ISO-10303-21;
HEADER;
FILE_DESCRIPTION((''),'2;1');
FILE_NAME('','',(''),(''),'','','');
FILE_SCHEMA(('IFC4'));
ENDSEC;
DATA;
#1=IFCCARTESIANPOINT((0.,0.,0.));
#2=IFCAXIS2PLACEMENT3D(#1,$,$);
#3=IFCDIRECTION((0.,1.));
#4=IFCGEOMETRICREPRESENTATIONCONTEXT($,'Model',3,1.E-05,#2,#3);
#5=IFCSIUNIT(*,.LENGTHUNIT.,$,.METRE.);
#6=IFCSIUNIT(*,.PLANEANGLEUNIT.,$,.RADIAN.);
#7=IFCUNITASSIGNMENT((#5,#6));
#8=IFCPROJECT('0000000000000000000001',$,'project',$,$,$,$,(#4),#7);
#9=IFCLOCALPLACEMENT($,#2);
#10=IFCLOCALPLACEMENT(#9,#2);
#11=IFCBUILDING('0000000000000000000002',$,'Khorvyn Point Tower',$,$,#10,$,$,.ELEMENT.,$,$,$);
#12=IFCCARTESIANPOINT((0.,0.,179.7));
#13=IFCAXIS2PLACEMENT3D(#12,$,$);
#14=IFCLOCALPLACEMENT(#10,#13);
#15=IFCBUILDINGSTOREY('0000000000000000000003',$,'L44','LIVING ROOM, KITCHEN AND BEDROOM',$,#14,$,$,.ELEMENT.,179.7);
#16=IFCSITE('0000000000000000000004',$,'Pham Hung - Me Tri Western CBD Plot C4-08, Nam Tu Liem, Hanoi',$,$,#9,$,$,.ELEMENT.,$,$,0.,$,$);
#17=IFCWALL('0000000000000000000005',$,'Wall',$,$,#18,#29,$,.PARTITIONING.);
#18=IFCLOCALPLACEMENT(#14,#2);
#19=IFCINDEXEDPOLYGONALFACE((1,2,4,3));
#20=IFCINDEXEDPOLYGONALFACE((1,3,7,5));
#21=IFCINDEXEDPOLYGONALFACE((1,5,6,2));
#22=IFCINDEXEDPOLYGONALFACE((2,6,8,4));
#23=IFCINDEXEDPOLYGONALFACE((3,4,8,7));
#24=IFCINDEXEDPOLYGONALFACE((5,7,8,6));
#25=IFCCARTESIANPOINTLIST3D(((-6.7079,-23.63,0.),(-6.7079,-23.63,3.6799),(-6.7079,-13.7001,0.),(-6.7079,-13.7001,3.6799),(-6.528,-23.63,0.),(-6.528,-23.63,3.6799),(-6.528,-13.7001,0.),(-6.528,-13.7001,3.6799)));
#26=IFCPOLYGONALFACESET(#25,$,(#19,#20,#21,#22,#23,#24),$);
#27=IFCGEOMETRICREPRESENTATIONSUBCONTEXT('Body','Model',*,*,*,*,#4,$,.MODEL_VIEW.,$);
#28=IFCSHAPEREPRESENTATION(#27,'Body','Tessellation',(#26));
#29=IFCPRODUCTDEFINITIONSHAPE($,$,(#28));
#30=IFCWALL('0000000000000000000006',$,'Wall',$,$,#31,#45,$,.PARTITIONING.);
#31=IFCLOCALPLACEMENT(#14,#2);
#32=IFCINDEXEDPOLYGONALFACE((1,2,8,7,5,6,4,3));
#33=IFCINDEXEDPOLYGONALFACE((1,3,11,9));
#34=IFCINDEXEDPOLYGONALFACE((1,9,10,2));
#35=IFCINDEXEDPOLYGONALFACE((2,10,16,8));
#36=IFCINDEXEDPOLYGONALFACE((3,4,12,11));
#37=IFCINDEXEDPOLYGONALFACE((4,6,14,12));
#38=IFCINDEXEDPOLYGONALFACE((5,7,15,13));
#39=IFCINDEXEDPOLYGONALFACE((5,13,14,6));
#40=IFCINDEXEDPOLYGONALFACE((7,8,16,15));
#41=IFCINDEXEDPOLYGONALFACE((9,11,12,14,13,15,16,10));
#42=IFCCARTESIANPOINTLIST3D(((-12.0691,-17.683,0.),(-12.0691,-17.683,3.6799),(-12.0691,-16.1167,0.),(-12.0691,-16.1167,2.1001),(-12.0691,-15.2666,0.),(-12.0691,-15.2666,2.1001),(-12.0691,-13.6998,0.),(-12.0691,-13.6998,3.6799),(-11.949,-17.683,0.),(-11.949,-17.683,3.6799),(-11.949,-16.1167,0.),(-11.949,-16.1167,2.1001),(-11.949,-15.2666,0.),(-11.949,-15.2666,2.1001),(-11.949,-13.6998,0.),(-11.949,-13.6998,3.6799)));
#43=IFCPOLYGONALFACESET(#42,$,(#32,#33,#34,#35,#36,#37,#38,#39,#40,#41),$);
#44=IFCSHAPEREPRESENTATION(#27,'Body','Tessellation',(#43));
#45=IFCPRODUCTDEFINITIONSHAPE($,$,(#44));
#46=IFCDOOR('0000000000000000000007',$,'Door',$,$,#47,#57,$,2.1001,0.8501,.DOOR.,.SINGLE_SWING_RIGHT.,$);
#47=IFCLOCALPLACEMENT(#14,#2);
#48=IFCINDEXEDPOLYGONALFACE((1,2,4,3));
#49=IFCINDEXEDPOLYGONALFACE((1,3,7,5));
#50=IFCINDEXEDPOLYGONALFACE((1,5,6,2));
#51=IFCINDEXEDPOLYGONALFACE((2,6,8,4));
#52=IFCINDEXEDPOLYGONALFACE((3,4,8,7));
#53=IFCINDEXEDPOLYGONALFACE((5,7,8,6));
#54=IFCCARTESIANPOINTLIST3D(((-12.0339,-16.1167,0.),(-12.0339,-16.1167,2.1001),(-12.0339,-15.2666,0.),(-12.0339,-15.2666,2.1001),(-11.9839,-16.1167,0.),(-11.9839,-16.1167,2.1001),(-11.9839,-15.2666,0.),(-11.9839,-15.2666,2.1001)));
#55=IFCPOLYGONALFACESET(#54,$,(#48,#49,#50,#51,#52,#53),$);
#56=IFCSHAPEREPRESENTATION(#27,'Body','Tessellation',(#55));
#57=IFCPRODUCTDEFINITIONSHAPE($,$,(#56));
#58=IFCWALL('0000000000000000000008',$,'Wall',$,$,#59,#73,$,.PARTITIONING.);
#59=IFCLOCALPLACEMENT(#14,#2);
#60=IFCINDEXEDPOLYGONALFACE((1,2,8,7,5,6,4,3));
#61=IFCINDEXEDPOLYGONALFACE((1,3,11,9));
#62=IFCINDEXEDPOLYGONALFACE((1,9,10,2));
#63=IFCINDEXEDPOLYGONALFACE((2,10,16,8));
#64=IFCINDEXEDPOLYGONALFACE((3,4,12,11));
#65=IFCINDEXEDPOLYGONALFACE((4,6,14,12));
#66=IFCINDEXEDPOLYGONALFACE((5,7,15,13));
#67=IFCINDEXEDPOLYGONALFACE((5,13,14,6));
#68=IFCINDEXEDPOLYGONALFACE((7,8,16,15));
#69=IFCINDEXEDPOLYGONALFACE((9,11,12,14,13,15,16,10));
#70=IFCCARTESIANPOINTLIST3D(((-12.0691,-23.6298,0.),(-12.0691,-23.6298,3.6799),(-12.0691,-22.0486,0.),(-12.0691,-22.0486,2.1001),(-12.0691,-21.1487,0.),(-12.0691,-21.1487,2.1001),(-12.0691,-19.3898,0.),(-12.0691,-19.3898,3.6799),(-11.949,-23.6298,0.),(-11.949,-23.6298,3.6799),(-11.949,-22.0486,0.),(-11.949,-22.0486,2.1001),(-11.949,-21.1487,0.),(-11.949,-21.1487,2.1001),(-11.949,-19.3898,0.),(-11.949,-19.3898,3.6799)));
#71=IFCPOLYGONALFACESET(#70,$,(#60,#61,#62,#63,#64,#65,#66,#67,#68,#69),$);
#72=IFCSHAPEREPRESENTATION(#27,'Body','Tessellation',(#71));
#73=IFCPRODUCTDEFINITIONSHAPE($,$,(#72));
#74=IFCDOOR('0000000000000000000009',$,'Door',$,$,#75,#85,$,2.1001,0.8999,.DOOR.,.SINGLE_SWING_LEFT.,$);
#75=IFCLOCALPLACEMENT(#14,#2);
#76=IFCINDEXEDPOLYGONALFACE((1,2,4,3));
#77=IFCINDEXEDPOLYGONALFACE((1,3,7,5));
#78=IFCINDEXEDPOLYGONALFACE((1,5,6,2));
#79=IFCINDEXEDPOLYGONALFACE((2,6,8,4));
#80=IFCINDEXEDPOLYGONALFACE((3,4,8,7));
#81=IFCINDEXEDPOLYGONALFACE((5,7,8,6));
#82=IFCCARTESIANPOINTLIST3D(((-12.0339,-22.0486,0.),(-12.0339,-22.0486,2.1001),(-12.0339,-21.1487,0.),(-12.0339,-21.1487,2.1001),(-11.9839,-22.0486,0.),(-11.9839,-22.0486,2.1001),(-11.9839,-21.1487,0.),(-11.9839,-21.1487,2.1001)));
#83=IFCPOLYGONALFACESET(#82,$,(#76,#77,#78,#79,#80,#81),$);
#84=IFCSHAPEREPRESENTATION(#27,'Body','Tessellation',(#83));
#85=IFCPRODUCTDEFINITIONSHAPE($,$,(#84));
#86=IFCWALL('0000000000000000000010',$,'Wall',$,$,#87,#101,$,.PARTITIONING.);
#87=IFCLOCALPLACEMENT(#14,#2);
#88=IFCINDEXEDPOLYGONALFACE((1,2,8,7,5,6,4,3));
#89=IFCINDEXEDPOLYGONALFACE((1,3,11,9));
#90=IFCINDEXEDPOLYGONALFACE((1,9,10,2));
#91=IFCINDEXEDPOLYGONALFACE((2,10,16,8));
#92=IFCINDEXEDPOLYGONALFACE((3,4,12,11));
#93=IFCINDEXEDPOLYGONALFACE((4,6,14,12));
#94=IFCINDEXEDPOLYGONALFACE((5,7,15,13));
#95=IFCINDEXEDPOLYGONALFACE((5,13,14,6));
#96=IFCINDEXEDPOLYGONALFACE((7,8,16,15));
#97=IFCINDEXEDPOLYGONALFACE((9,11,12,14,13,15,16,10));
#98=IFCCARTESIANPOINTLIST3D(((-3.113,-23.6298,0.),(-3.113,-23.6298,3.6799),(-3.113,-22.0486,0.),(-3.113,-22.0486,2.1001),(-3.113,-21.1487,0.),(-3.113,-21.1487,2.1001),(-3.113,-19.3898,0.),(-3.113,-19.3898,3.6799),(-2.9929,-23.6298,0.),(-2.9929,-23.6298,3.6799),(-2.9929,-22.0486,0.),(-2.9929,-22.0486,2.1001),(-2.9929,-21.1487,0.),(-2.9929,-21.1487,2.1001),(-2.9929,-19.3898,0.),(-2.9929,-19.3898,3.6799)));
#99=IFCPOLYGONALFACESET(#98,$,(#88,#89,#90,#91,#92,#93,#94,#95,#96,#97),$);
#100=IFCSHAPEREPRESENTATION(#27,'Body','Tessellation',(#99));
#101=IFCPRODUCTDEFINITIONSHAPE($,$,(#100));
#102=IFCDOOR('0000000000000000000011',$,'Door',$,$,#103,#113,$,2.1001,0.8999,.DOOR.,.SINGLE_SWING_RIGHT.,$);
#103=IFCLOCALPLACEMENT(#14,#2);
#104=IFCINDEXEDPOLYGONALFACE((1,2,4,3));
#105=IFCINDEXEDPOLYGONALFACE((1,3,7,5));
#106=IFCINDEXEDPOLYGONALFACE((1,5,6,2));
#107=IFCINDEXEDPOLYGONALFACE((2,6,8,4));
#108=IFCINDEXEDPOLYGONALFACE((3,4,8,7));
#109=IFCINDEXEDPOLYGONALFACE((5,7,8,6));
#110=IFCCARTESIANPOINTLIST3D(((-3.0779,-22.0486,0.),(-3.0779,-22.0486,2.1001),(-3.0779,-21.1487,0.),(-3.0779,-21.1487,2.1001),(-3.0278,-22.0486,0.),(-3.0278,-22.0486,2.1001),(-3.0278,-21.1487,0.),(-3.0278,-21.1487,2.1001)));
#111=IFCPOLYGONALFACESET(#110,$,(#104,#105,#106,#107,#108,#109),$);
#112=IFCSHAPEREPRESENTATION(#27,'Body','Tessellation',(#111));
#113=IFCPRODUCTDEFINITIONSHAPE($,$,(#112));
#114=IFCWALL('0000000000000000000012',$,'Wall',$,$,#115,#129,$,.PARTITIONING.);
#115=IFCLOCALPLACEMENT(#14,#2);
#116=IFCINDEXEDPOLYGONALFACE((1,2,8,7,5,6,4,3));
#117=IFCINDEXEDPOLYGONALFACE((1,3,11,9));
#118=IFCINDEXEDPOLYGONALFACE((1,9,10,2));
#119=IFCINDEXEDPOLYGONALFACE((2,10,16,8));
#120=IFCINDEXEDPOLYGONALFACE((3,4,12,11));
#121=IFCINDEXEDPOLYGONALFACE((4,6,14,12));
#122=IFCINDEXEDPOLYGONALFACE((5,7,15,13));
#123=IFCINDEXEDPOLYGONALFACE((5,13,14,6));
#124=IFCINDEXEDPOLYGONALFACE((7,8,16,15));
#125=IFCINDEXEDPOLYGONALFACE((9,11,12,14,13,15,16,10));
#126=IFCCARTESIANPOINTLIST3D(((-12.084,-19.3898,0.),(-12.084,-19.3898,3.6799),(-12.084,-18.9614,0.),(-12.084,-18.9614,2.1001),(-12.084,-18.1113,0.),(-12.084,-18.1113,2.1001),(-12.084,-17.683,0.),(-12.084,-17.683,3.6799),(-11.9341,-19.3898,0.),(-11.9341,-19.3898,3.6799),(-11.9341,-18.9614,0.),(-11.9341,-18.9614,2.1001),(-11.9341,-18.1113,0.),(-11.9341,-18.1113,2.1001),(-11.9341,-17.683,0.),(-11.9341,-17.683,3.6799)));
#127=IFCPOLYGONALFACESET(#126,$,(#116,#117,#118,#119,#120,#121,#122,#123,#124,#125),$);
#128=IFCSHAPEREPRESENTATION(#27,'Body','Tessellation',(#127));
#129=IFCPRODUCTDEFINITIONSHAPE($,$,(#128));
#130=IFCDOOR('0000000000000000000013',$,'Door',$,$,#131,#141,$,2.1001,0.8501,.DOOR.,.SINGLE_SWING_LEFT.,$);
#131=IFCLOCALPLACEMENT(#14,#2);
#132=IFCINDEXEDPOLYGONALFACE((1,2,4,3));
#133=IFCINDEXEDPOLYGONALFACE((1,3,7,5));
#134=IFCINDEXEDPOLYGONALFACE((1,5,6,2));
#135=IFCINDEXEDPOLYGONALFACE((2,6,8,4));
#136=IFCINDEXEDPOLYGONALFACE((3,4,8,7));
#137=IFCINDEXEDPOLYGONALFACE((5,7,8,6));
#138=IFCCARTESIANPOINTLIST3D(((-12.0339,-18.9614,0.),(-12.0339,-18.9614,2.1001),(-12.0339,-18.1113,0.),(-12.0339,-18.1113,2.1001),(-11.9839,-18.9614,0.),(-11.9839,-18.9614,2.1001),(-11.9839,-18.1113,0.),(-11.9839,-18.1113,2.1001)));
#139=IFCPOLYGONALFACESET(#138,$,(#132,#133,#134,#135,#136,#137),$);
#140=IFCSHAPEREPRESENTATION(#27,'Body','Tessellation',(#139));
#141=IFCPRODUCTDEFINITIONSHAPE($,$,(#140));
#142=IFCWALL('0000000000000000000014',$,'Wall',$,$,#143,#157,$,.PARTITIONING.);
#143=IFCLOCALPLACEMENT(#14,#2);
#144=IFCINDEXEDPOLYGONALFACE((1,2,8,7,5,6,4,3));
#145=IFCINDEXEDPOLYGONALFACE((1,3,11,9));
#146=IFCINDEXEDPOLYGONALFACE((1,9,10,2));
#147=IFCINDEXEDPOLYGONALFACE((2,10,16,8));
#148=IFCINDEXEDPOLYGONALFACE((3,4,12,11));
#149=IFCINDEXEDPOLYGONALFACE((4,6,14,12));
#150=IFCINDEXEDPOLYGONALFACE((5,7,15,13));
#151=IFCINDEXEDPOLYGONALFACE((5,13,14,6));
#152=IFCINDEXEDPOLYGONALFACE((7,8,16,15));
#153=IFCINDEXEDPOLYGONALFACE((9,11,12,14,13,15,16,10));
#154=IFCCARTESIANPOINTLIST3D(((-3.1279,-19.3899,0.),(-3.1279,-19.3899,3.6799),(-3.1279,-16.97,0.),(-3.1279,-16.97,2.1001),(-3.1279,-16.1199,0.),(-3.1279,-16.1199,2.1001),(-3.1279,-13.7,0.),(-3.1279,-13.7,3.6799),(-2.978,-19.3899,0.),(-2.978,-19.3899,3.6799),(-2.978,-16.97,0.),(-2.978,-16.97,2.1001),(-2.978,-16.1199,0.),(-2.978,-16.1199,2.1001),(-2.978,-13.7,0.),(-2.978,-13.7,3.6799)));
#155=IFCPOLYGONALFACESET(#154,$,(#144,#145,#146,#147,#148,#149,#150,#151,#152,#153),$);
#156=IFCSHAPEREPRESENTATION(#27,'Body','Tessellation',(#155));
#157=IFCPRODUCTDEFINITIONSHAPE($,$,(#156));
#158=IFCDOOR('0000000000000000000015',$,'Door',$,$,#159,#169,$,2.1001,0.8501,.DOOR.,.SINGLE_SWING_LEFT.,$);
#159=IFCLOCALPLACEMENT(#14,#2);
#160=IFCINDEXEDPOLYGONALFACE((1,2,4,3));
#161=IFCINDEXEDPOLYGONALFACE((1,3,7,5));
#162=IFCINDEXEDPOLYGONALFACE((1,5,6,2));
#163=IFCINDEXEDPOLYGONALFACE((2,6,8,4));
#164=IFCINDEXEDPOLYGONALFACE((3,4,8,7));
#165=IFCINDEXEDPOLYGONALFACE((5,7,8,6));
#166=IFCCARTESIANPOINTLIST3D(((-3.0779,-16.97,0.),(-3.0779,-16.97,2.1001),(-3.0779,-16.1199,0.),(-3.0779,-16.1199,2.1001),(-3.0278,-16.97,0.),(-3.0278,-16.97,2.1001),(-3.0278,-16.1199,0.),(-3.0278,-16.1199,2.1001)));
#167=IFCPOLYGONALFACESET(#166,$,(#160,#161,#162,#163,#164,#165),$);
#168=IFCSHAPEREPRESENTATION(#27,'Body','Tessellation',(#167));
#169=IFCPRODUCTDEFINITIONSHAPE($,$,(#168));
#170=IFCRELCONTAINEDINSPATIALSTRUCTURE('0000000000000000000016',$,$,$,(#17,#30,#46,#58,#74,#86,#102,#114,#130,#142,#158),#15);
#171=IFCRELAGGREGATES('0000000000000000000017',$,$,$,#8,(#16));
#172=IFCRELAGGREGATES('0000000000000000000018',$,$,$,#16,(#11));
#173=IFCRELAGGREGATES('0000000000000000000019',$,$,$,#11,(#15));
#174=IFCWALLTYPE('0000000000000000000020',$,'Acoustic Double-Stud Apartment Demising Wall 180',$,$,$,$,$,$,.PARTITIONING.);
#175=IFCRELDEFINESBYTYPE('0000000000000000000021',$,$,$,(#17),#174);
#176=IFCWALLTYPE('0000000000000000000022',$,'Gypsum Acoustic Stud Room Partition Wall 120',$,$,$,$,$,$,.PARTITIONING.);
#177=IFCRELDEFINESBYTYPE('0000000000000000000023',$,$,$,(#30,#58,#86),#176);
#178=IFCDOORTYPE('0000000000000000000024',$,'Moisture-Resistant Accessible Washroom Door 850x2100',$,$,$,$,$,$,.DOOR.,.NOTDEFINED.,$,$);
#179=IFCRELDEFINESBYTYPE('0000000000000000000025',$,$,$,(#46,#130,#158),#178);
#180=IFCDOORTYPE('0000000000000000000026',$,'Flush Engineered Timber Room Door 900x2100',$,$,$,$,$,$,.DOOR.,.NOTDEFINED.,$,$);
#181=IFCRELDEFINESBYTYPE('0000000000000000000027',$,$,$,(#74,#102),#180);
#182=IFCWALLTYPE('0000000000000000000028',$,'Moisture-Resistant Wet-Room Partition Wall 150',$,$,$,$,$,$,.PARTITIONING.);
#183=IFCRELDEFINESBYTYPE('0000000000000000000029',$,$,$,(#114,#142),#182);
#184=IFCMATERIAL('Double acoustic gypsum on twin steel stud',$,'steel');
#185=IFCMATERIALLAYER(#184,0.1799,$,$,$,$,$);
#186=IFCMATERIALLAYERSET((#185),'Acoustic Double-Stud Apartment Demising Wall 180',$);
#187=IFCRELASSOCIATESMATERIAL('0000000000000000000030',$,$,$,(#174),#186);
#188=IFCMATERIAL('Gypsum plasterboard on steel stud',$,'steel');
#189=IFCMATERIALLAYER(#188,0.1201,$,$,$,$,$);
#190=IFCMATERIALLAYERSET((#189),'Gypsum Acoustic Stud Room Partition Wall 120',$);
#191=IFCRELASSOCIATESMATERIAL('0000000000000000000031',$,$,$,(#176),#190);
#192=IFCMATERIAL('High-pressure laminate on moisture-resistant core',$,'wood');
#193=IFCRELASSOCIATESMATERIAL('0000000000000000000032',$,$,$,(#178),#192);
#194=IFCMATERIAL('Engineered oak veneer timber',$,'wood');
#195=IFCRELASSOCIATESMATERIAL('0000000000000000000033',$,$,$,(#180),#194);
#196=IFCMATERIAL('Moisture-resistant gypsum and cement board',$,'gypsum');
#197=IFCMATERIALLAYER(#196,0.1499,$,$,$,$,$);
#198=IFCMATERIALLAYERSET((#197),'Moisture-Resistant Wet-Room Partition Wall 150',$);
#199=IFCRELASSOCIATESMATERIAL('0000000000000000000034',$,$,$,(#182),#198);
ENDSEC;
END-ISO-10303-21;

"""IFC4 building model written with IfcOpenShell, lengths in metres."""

from ifc_helpers import new_model, si_unit, direction, frame, frame_2d, origin, place, context, subcontext, project, spatial, rectangle, extrude, material, layer, layer_set, type_object, element, fill, save


model = new_model("IFC4")

# Units and contexts
model_context = context("Model", 3, precision=1e-05, world=origin(), true_north=direction((0.0, 1.0)))
body_context = subcontext(model_context, "Body", "Model", "MODEL_VIEW")
ifc_project = project(units=[si_unit("LENGTHUNIT", "METRE"), si_unit("PLANEANGLEUNIT", "RADIAN")], contexts=[model_context])

# Site, building, storey
site_placement = place(None, origin())
site = spatial("IfcSite", under=ifc_project, at=site_placement, Name="Pham Hung - Me Tri Western CBD Plot C4-08, Nam Tu Liem, Hanoi", CompositionType="ELEMENT", RefElevation=0.0)
building_placement = place(site_placement, origin())
building = spatial("IfcBuilding", under=site, at=building_placement, Name="Khorvyn Point Tower", CompositionType="ELEMENT")
storey_placement = place(building_placement, frame((0.0, 0.0, 179.7)))
storey = spatial("IfcBuildingStorey", under=building, at=storey_placement, Name="L44", Description="LIVING ROOM, KITCHEN AND BEDROOM", CompositionType="ELEMENT", Elevation=179.7)

# Shared definitions
ifc_material_1 = material(Name="Double acoustic gypsum on twin steel stud", Category="steel")
ifc_layer_1 = layer(ifc_material_1, 0.1799)
ifc_layer_set_1 = layer_set([ifc_layer_1], Name="Acoustic Double-Stud Apartment Demising Wall 180")
wall_type_1 = type_object("IfcWallType", Name="Acoustic Double-Stud Apartment Demising Wall 180", PredefinedType="PARTITIONING", material=ifc_layer_set_1)

# Wall
wall_1_placement = place(storey_placement, frame((-6.6179, -23.6299, 0.0), z_axis=(0.0, 0.0, 1.0), x_axis=(0.0, 1.0, 0.0)))
element("IfcWall", 1, at=wall_1_placement, inside=storey, type_object=wall_type_1, Name="Wall", PredefinedType="PARTITIONING", context=body_context, shape_type="SweptSolid", body=[
    extrude(rectangle(XDim=9.9299, YDim=0.1799, at=frame_2d((4.9648, 0.0))), origin(), (0.0, 0.0, 1.0), 3.6799),
])

# Walls, openings, doors
ifc_material_2 = material(Name="Gypsum plasterboard on steel stud", Category="steel")
ifc_layer_2 = layer(ifc_material_2, 0.1201)
ifc_layer_set_2 = layer_set([ifc_layer_2], Name="Gypsum Acoustic Stud Room Partition Wall 120")
wall_type_2 = type_object("IfcWallType", Name="Gypsum Acoustic Stud Room Partition Wall 120", PredefinedType="PARTITIONING", material=ifc_layer_set_2)
wall_2_placement = place(storey_placement, frame((-12.009, -17.6831, 0.0), z_axis=(0.0, 0.0, 1.0), x_axis=(0.0, 1.0, 0.0)))
wall_2 = element("IfcWall", 2, at=wall_2_placement, inside=storey, type_object=wall_type_2, Name="Wall", PredefinedType="PARTITIONING", context=body_context, shape_type="SweptSolid", body=[
    extrude(rectangle(XDim=3.9832, YDim=0.1201, at=frame_2d((1.9917, 0.0))), origin(), (0.0, 0.0, 1.0), 3.6799),
])
opening_1_placement = place(wall_2_placement, frame((1.5664, 0.0, 0.0)))
opening_1 = element("IfcOpeningElement", 3, at=opening_1_placement, cuts=wall_2, PredefinedType="OPENING", context=body_context, shape_type="SweptSolid", body=[
    extrude(rectangle(XDim=0.8501, YDim=2.1001, at=frame_2d((0.425, 1.05))), frame((0.0, 0.0701, 0.0), z_axis=(0.0, -1.0, 0.0), x_axis=(1.0, 0.0, 0.0)), (0.0, 0.0, 1.0), 0.1401),
])
ifc_material_3 = material(Name="High-pressure laminate on moisture-resistant core", Category="wood")
door_type_1 = type_object("IfcDoorType", Name="Moisture-Resistant Accessible Washroom Door 850x2100", OperationType="NOTDEFINED", PredefinedType="DOOR", material=ifc_material_3)
door_1_placement = place(opening_1_placement, origin())
door_1 = element("IfcDoor", 4, at=door_1_placement, inside=storey, type_object=door_type_1, Name="Door", OperationType="SINGLE_SWING_RIGHT", OverallHeight=2.1001, OverallWidth=0.8501, PredefinedType="DOOR", context=body_context, shape_type="SweptSolid", body=[
    extrude(rectangle(XDim=0.8501, YDim=2.1001, at=frame_2d((0.425, 1.05))), frame((0.0, 0.0249, 0.0), z_axis=(0.0, -1.0, 0.0), x_axis=(1.0, 0.0, 0.0)), (0.0, 0.0, 1.0), 0.05),
])
fill(opening_1, door_1)
wall_3_placement = place(storey_placement, frame((-12.009, -23.6299, 0.0), z_axis=(0.0, 0.0, 1.0), x_axis=(0.0, 1.0, 0.0)))
wall_3 = element("IfcWall", 5, at=wall_3_placement, inside=storey, type_object=wall_type_2, Name="Wall", PredefinedType="PARTITIONING", context=body_context, shape_type="SweptSolid", body=[
    extrude(rectangle(XDim=4.24, YDim=0.1201, at=frame_2d((2.1201, 0.0))), origin(), (0.0, 0.0, 1.0), 3.6799),
])
opening_2_placement = place(wall_3_placement, frame((1.5813, 0.0, 0.0)))
opening_2 = element("IfcOpeningElement", 6, at=opening_2_placement, cuts=wall_3, PredefinedType="OPENING", context=body_context, shape_type="SweptSolid", body=[
    extrude(rectangle(XDim=0.8999, YDim=2.1001, at=frame_2d((0.45, 1.05))), frame((0.0, 0.0701, 0.0), z_axis=(0.0, -1.0, 0.0), x_axis=(1.0, 0.0, 0.0)), (0.0, 0.0, 1.0), 0.1401),
])
ifc_material_4 = material(Name="Engineered oak veneer timber", Category="wood")
door_type_2 = type_object("IfcDoorType", Name="Flush Engineered Timber Room Door 900x2100", OperationType="NOTDEFINED", PredefinedType="DOOR", material=ifc_material_4)
door_2_placement = place(opening_2_placement, origin())
door_2 = element("IfcDoor", 7, at=door_2_placement, inside=storey, type_object=door_type_2, Name="Door", OperationType="SINGLE_SWING_LEFT", OverallHeight=2.1001, OverallWidth=0.8999, PredefinedType="DOOR", context=body_context, shape_type="SweptSolid", body=[
    extrude(rectangle(XDim=0.8999, YDim=2.1001, at=frame_2d((0.45, 1.05))), frame((0.0, 0.0249, 0.0), z_axis=(0.0, -1.0, 0.0), x_axis=(1.0, 0.0, 0.0)), (0.0, 0.0, 1.0), 0.05),
])
fill(opening_2, door_2)
wall_4_placement = place(storey_placement, frame((-3.053, -23.6299, 0.0), z_axis=(0.0, 0.0, 1.0), x_axis=(0.0, 1.0, 0.0)))
wall_4 = element("IfcWall", 8, at=wall_4_placement, inside=storey, type_object=wall_type_2, Name="Wall", PredefinedType="PARTITIONING", context=body_context, shape_type="SweptSolid", body=[
    extrude(rectangle(XDim=4.24, YDim=0.1201, at=frame_2d((2.1201, 0.0))), origin(), (0.0, 0.0, 1.0), 3.6799),
])
opening_3_placement = place(wall_4_placement, frame((1.5813, 0.0, 0.0)))
opening_3 = element("IfcOpeningElement", 9, at=opening_3_placement, cuts=wall_4, PredefinedType="OPENING", context=body_context, shape_type="SweptSolid", body=[
    extrude(rectangle(XDim=0.8999, YDim=2.1001, at=frame_2d((0.45, 1.05))), frame((0.0, 0.0701, 0.0), z_axis=(0.0, -1.0, 0.0), x_axis=(1.0, 0.0, 0.0)), (0.0, 0.0, 1.0), 0.1401),
])
door_3_placement = place(opening_3_placement, origin())
door_3 = element("IfcDoor", 10, at=door_3_placement, inside=storey, type_object=door_type_2, Name="Door", OperationType="SINGLE_SWING_RIGHT", OverallHeight=2.1001, OverallWidth=0.8999, PredefinedType="DOOR", context=body_context, shape_type="SweptSolid", body=[
    extrude(rectangle(XDim=0.8999, YDim=2.1001, at=frame_2d((0.45, 1.05))), frame((0.0, 0.0249, 0.0), z_axis=(0.0, -1.0, 0.0), x_axis=(1.0, 0.0, 0.0)), (0.0, 0.0, 1.0), 0.05),
])
fill(opening_3, door_3)
ifc_material_5 = material(Name="Moisture-resistant gypsum and cement board", Category="gypsum")
ifc_layer_3 = layer(ifc_material_5, 0.1499)
ifc_layer_set_3 = layer_set([ifc_layer_3], Name="Moisture-Resistant Wet-Room Partition Wall 150")
wall_type_3 = type_object("IfcWallType", Name="Moisture-Resistant Wet-Room Partition Wall 150", PredefinedType="PARTITIONING", material=ifc_layer_set_3)
wall_5_placement = place(storey_placement, frame((-12.009, -19.3899, 0.0), z_axis=(0.0, 0.0, 1.0), x_axis=(0.0, 1.0, 0.0)))
wall_5 = element("IfcWall", 11, at=wall_5_placement, inside=storey, type_object=wall_type_3, Name="Wall", PredefinedType="PARTITIONING", context=body_context, shape_type="SweptSolid", body=[
    extrude(rectangle(XDim=1.7068, YDim=0.1499, at=frame_2d((0.8535, 0.0))), origin(), (0.0, 0.0, 1.0), 3.6799),
])
opening_4_placement = place(wall_5_placement, frame((0.4285, 0.0, 0.0)))
opening_4 = element("IfcOpeningElement", 12, at=opening_4_placement, cuts=wall_5, PredefinedType="OPENING", context=body_context, shape_type="SweptSolid", body=[
    extrude(rectangle(XDim=0.8501, YDim=2.1001, at=frame_2d((0.425, 1.05))), frame((0.0, 0.085, 0.0), z_axis=(0.0, -1.0, 0.0), x_axis=(1.0, 0.0, 0.0)), (0.0, 0.0, 1.0), 0.1699),
])
door_4_placement = place(opening_4_placement, origin())
door_4 = element("IfcDoor", 13, at=door_4_placement, inside=storey, type_object=door_type_1, Name="Door", OperationType="SINGLE_SWING_LEFT", OverallHeight=2.1001, OverallWidth=0.8501, PredefinedType="DOOR", context=body_context, shape_type="SweptSolid", body=[
    extrude(rectangle(XDim=0.8501, YDim=2.1001, at=frame_2d((0.425, 1.05))), frame((0.0, 0.0249, 0.0), z_axis=(0.0, -1.0, 0.0), x_axis=(1.0, 0.0, 0.0)), (0.0, 0.0, 1.0), 0.05),
])
fill(opening_4, door_4)
wall_6_placement = place(storey_placement, frame((-3.053, -19.3899, 0.0), z_axis=(0.0, 0.0, 1.0), x_axis=(0.0, 1.0, 0.0)))
wall_6 = element("IfcWall", 14, at=wall_6_placement, inside=storey, type_object=wall_type_3, Name="Wall", PredefinedType="PARTITIONING", context=body_context, shape_type="SweptSolid", body=[
    extrude(rectangle(XDim=5.6899, YDim=0.1499, at=frame_2d((2.845, 0.0))), origin(), (0.0, 0.0, 1.0), 3.6799),
])
opening_5_placement = place(wall_6_placement, frame((2.4199, 0.0, 0.0)))
opening_5 = element("IfcOpeningElement", 15, at=opening_5_placement, cuts=wall_6, PredefinedType="OPENING", context=body_context, shape_type="SweptSolid", body=[
    extrude(rectangle(XDim=0.8501, YDim=2.1001, at=frame_2d((0.425, 1.05))), frame((0.0, 0.085, 0.0), z_axis=(0.0, -1.0, 0.0), x_axis=(1.0, 0.0, 0.0)), (0.0, 0.0, 1.0), 0.1699),
])
door_5_placement = place(opening_5_placement, origin())
door_5 = element("IfcDoor", 16, at=door_5_placement, inside=storey, type_object=door_type_1, Name="Door", OperationType="SINGLE_SWING_LEFT", OverallHeight=2.1001, OverallWidth=0.8501, PredefinedType="DOOR", context=body_context, shape_type="SweptSolid", body=[
    extrude(rectangle(XDim=0.8501, YDim=2.1001, at=frame_2d((0.425, 1.05))), frame((0.0, 0.0249, 0.0), z_axis=(0.0, -1.0, 0.0), x_axis=(1.0, 0.0, 0.0)), (0.0, 0.0, 1.0), 0.05),
])
fill(opening_5, door_5)

save(model, "model.ifc")
